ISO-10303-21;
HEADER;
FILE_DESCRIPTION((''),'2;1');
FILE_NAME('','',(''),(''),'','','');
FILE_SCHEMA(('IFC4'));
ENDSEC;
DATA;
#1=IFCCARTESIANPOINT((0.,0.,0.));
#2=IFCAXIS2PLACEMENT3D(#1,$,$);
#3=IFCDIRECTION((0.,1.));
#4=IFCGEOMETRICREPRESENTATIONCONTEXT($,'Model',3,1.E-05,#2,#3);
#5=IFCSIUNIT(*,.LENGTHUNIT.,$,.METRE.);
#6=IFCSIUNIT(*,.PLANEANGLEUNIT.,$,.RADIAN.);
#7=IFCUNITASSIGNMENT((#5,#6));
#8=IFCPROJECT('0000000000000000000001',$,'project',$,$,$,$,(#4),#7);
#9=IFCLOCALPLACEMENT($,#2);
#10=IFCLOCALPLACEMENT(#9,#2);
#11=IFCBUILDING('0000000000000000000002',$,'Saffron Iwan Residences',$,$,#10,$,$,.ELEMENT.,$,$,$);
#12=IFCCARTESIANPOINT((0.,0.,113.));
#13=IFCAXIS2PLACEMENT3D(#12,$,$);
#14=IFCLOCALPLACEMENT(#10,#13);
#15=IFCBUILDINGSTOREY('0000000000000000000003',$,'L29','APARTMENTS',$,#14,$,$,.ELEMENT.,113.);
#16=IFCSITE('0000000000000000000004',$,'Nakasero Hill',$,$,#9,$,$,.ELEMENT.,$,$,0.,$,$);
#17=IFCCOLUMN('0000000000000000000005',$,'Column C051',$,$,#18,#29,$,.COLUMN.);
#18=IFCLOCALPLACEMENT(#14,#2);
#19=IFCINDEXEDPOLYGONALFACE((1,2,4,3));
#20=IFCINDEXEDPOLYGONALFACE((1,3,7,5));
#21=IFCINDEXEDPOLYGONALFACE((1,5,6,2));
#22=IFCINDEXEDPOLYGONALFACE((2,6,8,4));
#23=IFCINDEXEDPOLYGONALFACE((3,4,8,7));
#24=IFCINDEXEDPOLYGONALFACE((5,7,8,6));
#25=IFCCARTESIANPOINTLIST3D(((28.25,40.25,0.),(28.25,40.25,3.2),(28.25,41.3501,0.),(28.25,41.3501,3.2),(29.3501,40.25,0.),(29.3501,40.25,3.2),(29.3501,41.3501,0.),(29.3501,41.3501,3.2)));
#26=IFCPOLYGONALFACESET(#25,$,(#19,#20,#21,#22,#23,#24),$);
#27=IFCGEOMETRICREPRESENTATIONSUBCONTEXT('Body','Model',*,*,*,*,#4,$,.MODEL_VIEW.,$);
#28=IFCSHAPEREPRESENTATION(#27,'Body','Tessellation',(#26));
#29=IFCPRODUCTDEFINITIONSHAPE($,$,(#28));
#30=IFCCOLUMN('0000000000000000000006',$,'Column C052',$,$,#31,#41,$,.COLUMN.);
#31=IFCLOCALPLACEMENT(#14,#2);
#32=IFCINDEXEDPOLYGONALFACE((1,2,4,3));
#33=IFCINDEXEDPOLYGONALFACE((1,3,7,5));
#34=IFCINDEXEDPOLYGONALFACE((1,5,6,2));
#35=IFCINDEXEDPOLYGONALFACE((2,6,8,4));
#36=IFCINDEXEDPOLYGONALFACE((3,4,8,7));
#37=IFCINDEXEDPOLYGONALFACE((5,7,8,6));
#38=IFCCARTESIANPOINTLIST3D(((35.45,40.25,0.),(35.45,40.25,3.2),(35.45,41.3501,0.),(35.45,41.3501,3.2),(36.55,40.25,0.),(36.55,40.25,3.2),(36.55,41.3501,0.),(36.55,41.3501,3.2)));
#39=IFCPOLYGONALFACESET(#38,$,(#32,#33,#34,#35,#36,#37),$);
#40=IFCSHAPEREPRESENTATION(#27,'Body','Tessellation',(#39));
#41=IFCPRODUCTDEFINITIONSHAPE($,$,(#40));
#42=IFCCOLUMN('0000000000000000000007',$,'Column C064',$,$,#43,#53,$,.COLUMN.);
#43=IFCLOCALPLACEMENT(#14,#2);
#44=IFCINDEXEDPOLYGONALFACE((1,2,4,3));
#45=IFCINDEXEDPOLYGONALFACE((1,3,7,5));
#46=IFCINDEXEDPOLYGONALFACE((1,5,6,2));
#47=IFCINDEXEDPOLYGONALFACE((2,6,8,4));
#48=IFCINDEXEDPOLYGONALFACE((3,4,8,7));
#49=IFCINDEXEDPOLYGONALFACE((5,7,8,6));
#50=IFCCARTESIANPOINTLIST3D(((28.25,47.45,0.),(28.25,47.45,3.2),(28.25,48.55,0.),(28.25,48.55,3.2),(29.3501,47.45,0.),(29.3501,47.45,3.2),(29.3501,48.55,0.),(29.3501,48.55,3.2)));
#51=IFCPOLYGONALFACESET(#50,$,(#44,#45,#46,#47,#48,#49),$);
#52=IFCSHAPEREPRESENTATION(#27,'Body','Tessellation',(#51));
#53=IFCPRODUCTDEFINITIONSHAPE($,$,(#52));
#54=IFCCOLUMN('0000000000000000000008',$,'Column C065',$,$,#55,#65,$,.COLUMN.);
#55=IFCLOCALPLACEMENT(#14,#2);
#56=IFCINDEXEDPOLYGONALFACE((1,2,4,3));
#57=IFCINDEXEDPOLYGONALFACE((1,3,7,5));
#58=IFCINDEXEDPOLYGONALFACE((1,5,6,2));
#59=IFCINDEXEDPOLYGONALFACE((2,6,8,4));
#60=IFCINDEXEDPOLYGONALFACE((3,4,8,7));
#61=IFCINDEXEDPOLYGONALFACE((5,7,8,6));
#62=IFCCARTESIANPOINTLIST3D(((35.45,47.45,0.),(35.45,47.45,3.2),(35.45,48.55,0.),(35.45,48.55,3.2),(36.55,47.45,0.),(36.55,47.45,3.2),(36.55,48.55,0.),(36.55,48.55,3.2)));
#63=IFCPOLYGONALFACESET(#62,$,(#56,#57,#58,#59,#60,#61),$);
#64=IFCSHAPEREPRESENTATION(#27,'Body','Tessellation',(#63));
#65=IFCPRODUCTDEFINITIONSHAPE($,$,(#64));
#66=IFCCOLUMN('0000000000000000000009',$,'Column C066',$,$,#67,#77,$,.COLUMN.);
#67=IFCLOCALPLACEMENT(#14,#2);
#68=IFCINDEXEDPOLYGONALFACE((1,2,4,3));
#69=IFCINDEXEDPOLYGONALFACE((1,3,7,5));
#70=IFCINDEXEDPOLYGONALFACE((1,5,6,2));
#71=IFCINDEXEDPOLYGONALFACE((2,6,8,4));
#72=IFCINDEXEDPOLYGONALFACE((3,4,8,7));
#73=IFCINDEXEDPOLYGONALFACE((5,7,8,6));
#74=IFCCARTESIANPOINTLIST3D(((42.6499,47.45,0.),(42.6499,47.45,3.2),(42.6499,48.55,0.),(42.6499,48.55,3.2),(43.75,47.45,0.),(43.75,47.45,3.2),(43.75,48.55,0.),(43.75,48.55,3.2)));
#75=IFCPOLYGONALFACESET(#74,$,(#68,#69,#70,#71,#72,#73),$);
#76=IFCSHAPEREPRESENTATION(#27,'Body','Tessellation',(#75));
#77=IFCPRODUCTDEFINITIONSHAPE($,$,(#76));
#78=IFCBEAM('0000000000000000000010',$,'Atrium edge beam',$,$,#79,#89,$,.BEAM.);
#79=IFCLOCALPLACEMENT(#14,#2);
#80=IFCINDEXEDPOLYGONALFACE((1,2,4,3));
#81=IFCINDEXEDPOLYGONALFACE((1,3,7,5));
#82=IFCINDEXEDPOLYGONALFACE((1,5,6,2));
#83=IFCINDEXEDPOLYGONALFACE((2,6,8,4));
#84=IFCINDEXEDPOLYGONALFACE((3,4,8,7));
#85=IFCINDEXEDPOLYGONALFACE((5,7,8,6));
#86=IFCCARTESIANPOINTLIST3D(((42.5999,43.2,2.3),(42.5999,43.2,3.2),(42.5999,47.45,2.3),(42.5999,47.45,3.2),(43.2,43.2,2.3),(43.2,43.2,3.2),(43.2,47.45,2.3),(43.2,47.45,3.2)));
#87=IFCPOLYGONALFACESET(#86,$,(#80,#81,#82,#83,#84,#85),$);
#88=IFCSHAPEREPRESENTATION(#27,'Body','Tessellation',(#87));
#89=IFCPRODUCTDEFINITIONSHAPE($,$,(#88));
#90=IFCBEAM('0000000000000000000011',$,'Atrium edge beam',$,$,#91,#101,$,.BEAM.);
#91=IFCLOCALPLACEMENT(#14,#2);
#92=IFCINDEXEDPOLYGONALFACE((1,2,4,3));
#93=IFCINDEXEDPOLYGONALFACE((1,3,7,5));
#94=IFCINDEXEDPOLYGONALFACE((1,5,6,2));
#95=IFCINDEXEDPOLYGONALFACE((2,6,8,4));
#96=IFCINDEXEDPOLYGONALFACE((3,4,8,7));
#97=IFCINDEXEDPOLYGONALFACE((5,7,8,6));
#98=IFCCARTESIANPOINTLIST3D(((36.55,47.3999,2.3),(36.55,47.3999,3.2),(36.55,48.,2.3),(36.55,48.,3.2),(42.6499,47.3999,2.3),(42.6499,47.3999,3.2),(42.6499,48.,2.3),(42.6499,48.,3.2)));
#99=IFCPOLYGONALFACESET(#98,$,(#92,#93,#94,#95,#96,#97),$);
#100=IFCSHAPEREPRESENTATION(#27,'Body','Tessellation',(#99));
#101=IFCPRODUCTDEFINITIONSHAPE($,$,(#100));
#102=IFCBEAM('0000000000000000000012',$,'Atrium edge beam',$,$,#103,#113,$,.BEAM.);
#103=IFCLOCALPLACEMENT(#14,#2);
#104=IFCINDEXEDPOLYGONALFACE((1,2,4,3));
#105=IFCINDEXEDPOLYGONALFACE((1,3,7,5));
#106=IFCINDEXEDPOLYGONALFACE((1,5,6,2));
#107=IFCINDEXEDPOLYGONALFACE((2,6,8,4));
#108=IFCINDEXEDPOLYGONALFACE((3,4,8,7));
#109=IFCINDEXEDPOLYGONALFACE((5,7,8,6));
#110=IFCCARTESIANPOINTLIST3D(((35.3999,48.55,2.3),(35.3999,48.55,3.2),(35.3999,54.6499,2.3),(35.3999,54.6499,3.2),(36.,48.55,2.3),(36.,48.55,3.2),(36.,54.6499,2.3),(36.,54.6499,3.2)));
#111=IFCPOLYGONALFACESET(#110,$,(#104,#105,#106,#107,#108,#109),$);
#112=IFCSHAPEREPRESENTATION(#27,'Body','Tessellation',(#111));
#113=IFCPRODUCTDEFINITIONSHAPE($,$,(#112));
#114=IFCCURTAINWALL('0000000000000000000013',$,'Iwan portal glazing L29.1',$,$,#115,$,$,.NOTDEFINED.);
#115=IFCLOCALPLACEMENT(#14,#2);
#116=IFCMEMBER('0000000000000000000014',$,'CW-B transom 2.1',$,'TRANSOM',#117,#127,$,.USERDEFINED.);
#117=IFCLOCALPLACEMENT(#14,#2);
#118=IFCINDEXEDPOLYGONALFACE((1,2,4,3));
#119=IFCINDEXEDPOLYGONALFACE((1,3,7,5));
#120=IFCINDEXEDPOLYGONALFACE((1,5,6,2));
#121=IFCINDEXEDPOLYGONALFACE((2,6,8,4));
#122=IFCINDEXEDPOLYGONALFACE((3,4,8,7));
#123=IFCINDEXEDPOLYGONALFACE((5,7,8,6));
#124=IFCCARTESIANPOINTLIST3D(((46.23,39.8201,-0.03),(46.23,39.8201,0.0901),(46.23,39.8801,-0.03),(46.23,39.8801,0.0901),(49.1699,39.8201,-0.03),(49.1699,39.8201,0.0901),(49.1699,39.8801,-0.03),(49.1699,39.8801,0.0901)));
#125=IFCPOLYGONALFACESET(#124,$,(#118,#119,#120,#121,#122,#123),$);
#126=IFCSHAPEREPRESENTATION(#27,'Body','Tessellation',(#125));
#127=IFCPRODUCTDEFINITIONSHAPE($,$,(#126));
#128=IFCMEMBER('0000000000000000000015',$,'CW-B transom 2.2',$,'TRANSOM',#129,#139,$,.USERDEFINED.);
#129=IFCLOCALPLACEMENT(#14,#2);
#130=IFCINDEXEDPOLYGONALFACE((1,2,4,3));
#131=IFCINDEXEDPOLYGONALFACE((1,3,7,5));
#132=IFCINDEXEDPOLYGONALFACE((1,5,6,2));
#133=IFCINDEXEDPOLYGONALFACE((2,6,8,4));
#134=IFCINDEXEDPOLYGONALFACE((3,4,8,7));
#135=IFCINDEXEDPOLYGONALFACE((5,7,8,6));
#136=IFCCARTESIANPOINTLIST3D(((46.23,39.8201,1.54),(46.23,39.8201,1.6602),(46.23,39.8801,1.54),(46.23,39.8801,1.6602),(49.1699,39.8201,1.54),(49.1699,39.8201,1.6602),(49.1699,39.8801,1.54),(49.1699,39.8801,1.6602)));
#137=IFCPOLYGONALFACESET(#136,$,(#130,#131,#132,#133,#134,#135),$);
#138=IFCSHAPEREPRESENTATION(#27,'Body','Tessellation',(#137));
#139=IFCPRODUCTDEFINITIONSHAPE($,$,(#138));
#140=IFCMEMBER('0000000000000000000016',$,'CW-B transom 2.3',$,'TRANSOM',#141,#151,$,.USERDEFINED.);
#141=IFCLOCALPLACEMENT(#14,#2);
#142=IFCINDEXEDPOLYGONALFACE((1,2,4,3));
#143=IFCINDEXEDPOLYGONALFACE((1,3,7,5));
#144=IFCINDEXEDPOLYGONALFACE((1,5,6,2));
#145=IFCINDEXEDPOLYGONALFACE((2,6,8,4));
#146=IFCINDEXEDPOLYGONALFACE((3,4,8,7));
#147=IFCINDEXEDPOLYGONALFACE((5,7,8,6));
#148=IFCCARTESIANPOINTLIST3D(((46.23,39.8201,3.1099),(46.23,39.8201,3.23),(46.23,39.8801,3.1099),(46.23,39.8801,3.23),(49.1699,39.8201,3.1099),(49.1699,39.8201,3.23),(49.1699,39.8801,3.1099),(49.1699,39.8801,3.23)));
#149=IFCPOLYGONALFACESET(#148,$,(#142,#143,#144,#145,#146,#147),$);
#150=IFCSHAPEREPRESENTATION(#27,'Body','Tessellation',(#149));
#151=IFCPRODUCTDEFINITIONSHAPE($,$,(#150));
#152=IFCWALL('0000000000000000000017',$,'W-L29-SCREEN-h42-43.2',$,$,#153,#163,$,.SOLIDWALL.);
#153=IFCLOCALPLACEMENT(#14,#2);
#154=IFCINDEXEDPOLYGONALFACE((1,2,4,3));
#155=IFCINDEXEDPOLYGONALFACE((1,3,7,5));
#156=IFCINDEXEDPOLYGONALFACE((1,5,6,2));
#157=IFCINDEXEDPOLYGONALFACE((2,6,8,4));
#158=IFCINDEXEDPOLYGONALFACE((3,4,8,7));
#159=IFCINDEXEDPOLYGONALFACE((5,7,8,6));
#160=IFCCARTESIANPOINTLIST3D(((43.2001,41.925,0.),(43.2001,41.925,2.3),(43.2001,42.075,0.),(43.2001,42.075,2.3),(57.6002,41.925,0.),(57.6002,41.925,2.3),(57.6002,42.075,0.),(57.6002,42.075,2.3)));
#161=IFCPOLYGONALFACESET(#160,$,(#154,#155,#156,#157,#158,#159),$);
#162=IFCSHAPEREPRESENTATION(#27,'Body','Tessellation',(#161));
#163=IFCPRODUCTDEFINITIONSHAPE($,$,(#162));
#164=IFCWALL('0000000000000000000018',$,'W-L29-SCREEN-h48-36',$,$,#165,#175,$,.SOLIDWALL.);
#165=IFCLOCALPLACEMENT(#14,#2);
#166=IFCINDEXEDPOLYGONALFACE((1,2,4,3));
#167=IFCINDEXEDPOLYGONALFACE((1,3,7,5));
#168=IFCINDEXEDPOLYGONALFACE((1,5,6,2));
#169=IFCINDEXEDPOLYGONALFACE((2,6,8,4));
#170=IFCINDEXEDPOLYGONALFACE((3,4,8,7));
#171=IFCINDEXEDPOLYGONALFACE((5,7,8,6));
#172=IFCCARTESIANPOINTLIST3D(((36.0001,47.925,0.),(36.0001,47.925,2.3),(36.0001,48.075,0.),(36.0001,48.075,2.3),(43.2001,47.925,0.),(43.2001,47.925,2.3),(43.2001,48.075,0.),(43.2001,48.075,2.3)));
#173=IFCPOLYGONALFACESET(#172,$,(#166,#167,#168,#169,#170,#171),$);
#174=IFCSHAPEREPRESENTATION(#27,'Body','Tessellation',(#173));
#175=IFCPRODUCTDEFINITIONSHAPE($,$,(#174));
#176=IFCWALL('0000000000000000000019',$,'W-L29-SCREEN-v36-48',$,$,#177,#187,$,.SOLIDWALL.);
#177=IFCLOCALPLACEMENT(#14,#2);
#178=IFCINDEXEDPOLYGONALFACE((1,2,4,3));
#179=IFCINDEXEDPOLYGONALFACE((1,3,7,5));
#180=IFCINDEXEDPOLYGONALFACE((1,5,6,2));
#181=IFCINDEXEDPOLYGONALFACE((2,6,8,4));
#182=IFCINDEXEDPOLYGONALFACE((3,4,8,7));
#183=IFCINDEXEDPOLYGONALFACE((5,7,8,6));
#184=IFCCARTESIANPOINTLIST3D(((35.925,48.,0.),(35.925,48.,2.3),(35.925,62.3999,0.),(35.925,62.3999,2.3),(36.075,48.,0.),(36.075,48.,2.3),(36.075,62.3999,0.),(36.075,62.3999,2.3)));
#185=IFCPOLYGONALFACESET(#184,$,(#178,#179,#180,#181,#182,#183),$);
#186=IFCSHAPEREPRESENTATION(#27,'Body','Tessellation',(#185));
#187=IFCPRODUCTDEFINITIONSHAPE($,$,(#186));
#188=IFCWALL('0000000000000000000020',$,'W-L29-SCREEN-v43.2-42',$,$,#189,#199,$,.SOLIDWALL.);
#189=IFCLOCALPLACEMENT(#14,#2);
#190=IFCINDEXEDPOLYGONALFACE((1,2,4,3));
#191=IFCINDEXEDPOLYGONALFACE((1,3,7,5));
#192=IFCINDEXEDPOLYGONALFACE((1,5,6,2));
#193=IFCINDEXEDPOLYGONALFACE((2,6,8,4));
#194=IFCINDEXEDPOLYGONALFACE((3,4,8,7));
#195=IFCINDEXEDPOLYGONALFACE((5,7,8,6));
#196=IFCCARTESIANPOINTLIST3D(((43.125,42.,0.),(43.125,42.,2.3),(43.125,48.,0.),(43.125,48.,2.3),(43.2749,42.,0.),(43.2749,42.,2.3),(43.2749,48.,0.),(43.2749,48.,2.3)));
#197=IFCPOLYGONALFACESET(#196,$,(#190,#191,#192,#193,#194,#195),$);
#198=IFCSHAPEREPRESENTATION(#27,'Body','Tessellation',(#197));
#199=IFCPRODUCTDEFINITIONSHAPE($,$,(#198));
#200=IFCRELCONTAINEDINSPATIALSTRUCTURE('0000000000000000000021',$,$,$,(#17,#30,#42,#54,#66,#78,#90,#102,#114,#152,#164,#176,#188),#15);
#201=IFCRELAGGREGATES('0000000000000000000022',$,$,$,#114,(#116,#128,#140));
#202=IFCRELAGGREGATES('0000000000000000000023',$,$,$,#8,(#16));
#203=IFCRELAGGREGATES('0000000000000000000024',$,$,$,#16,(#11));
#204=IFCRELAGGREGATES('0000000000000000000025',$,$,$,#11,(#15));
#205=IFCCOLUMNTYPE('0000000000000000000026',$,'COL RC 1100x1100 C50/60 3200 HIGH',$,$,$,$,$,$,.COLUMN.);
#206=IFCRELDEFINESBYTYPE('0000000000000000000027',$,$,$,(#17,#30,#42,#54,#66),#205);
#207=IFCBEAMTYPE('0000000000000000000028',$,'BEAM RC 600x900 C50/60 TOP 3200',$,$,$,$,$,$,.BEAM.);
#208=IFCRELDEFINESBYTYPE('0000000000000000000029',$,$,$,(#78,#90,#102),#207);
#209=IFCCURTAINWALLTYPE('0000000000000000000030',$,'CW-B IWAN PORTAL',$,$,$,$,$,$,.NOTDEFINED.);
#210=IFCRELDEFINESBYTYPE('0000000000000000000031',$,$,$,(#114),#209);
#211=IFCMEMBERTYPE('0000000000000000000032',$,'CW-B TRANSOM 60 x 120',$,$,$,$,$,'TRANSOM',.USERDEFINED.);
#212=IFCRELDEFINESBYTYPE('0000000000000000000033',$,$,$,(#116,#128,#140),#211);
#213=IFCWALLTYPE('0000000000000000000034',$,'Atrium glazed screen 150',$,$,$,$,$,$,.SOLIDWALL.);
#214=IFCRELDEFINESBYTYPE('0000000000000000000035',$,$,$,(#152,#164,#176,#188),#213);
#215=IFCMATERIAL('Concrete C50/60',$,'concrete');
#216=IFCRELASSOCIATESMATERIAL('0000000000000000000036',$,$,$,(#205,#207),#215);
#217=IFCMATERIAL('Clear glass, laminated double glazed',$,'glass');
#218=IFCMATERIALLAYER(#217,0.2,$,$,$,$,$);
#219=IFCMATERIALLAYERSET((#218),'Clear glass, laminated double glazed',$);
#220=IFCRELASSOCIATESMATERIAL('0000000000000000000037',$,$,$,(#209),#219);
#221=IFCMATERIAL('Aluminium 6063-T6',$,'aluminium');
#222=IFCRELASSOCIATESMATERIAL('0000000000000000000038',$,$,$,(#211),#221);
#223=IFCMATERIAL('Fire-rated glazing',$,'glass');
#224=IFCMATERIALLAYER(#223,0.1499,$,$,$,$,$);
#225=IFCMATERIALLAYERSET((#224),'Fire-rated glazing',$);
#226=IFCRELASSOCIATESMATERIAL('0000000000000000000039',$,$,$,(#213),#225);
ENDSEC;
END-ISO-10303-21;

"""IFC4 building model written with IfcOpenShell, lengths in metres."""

from ifc_helpers import new_model, si_unit, direction, frame, frame_2d, origin, origin_2d, place, context, subcontext, project, spatial, rectangle, extrude, source, transform, mapped, material, layer, layer_set, material_profile, profile_set, type_object, element, aggregate, save


model = new_model("IFC4")

# Units and contexts
model_context = context("Model", 3, precision=1e-05, world=origin(), true_north=direction((0.0, 1.0)))
body_context = subcontext(model_context, "Body", "Model", "MODEL_VIEW")
ifc_project = project(units=[si_unit("LENGTHUNIT", "METRE"), si_unit("PLANEANGLEUNIT", "RADIAN")], contexts=[model_context])

# Site, building, storey
site_placement = place(None, origin())
site = spatial("IfcSite", under=ifc_project, at=site_placement, Name="Nakasero Hill", CompositionType="ELEMENT", RefElevation=0.0)
building_placement = place(site_placement, origin())
building = spatial("IfcBuilding", under=site, at=building_placement, Name="Saffron Iwan Residences", CompositionType="ELEMENT")
storey_placement = place(building_placement, frame((0.0, 0.0, 113.0)))
storey = spatial("IfcBuildingStorey", under=building, at=storey_placement, Name="L29", Description="APARTMENTS", CompositionType="ELEMENT", Elevation=113.0)

# Columns
ifc_material_1 = material(Name="Concrete C50/60", Category="concrete")
ifc_material_profile_1 = material_profile(ifc_material_1, rectangle(XDim=1.1001, YDim=1.1001, at=origin_2d()), Name="RC 1100x1100")
ifc_profile_set_1 = profile_set([ifc_material_profile_1], Name="Concrete C50/60")
column_type = type_object("IfcColumnType", Name="COL RC 1100x1100 C50/60 3200 HIGH", PredefinedType="COLUMN", material=ifc_profile_set_1)
shared_shape_1 = source(origin(), body_context, "Body", "SweptSolid", [
    extrude(rectangle(XDim=1.1001, YDim=1.1001, at=origin_2d()), origin(), (0.0, 0.0, 1.0), 3.2),
])
for number, where, z_axis, x_axis, name in (
    (1, (28.8, 40.8, 0.0), (0.0, 0.0, 1.0), (1.0, 0.0, 0.0), "Column C051"),
    (2, (36.0, 40.8, 0.0), (0.0, 0.0, 1.0), (1.0, 0.0, 0.0), "Column C052"),
    (3, (28.8, 48.0, 0.0), (0.0, 0.0, 1.0), (1.0, 0.0, 0.0), "Column C064"),
    (4, (36.0, 48.0, 0.0), (0.0, 0.0, 1.0), (1.0, 0.0, 0.0), "Column C065"),
    (5, (43.2, 48.0, 0.0), (0.0, 0.0, 1.0), (1.0, 0.0, 0.0), "Column C066"),
):
    element("IfcColumn", number, at=place(storey_placement, frame(where, z_axis=z_axis, x_axis=x_axis)), inside=storey, type_object=column_type, Name=name, PredefinedType="COLUMN", context=body_context, shape_type="MappedRepresentation", body=[
        mapped(shared_shape_1, transform((0.0, 0.0, 0.0))),
    ])

# Beams
ifc_material_profile_2 = material_profile(ifc_material_1, rectangle(XDim=0.6001, YDim=0.8999, at=origin_2d()), Name="RC 600x900")
ifc_profile_set_2 = profile_set([ifc_material_profile_2], Name="Concrete C50/60")
beam_type = type_object("IfcBeamType", Name="BEAM RC 600x900 C50/60 TOP 3200", PredefinedType="BEAM", material=ifc_profile_set_2)
shared_shape_2 = source(origin(), body_context, "Body", "SweptSolid", [
    extrude(rectangle(XDim=0.6001, YDim=0.8999, at=origin_2d()), origin(), (0.0, 0.0, 1.0), 4.25),
])
beam_placement = place(storey_placement, frame((42.8999, 43.2, 2.75), z_axis=(0.0, 1.0, 0.0), x_axis=(-1.0, 0.0, 0.0)))
element("IfcBeam", 6, at=beam_placement, inside=storey, type_object=beam_type, Name="Atrium edge beam", PredefinedType="BEAM", context=body_context, shape_type="MappedRepresentation", body=[
    mapped(shared_shape_2, transform((0.0, 0.0, 0.0))),
])
shared_shape_3 = source(origin(), body_context, "Body", "SweptSolid", [
    extrude(rectangle(XDim=0.6001, YDim=0.8999, at=origin_2d()), origin(), (0.0, 0.0, 1.0), 6.0999),
])
for number, where, z_axis, x_axis, name in (
    (7, (42.6499, 47.7, 2.75), (-1.0, 0.0, 0.0), (0.0, -1.0, 0.0), "Atrium edge beam"),
    (8, (35.7, 48.55, 2.75), (0.0, 1.0, 0.0), (-1.0, 0.0, 0.0), "Atrium edge beam"),
):
    element("IfcBeam", number, at=place(storey_placement, frame(where, z_axis=z_axis, x_axis=x_axis)), inside=storey, type_object=beam_type, Name=name, PredefinedType="BEAM", context=body_context, shape_type="MappedRepresentation", body=[
        mapped(shared_shape_3, transform((0.0, 0.0, 0.0))),
    ])

# Curtain wall, members
ifc_material_2 = material(Name="Clear glass, laminated double glazed", Category="glass")
ifc_layer_1 = layer(ifc_material_2, 0.2)
ifc_layer_set_1 = layer_set([ifc_layer_1], Name="Clear glass, laminated double glazed")
curtain_wall_type = type_object("IfcCurtainWallType", Name="CW-B IWAN PORTAL", PredefinedType="NOTDEFINED", material=ifc_layer_set_1)
curtain_wall_placement = place(storey_placement, origin())
curtain_wall = element("IfcCurtainWall", 9, at=curtain_wall_placement, inside=storey, type_object=curtain_wall_type, Name="Iwan portal glazing L29.1", PredefinedType="NOTDEFINED")
ifc_material_3 = material(Name="Aluminium 6063-T6", Category="aluminium")
ifc_material_profile_3 = material_profile(ifc_material_3, rectangle(XDim=0.0601, YDim=0.1201, at=origin_2d()), Name="CW-B TRANSOM 60 x 120")
ifc_profile_set_3 = profile_set([ifc_material_profile_3], Name="Aluminium 6063-T6")
member_type = type_object("IfcMemberType", Name="CW-B TRANSOM 60 x 120", ElementType="TRANSOM", PredefinedType="USERDEFINED", material=ifc_profile_set_3)
shared_shape_4 = source(origin(), body_context, "Body", "SweptSolid", [
    extrude(rectangle(XDim=0.0601, YDim=0.1201, at=origin_2d()), origin(), (0.0, 0.0, 1.0), 2.9399),
])
member_1_placement = place(storey_placement, frame((46.23, 39.8501, 0.03), z_axis=(1.0, 0.0, 0.0), x_axis=(0.0, 1.0, 0.0)))
member_1 = element("IfcMember", 10, at=member_1_placement, type_object=member_type, Name="CW-B transom 2.1", ObjectType="TRANSOM", PredefinedType="USERDEFINED", context=body_context, shape_type="MappedRepresentation", body=[
    mapped(shared_shape_4, transform((0.0, 0.0, 0.0))),
])
member_2_placement = place(storey_placement, frame((46.23, 39.8501, 1.6001), z_axis=(1.0, 0.0, 0.0), x_axis=(0.0, 1.0, 0.0)))
member_2 = element("IfcMember", 11, at=member_2_placement, type_object=member_type, Name="CW-B transom 2.2", ObjectType="TRANSOM", PredefinedType="USERDEFINED", context=body_context, shape_type="MappedRepresentation", body=[
    mapped(shared_shape_4, transform((0.0, 0.0, 0.0))),
])
member_3_placement = place(storey_placement, frame((46.23, 39.8501, 3.1699), z_axis=(1.0, 0.0, 0.0), x_axis=(0.0, 1.0, 0.0)))
member_3 = element("IfcMember", 12, at=member_3_placement, type_object=member_type, Name="CW-B transom 2.3", ObjectType="TRANSOM", PredefinedType="USERDEFINED", context=body_context, shape_type="MappedRepresentation", body=[
    mapped(shared_shape_4, transform((0.0, 0.0, 0.0))),
])
aggregate(curtain_wall, [member_1, member_2, member_3])

# Walls
ifc_material_4 = material(Name="Fire-rated glazing", Category="glass")
ifc_layer_2 = layer(ifc_material_4, 0.1499)
ifc_layer_set_2 = layer_set([ifc_layer_2], Name="Fire-rated glazing")
wall_type_1 = type_object("IfcWallType", Name="Atrium glazed screen 150", PredefinedType="SOLIDWALL", material=ifc_layer_set_2)
wall_1_placement = place(storey_placement, frame((43.2, 42.0, 0.0), z_axis=(0.0, 0.0, 1.0), x_axis=(1.0, 0.0, 0.0)))
element("IfcWall", 13, at=wall_1_placement, inside=storey, type_object=wall_type_1, Name="W-L29-SCREEN-h42-43.2", PredefinedType="SOLIDWALL", context=body_context, shape_type="SweptSolid", body=[
    extrude(rectangle(XDim=14.4001, YDim=0.1499, at=frame_2d((7.2002, 0.0))), origin(), (0.0, 0.0, 1.0), 2.3),
])
wall_2_placement = place(storey_placement, frame((36.0, 48.0, 0.0), z_axis=(0.0, 0.0, 1.0), x_axis=(1.0, 0.0, 0.0)))
element("IfcWall", 14, at=wall_2_placement, inside=storey, type_object=wall_type_1, Name="W-L29-SCREEN-h48-36", PredefinedType="SOLIDWALL", context=body_context, shape_type="SweptSolid", body=[
    extrude(rectangle(XDim=7.2, YDim=0.1499, at=frame_2d((3.6001, 0.0))), origin(), (0.0, 0.0, 1.0), 2.3),
])
wall_3_placement = place(storey_placement, frame((36.0, 48.0, 0.0), z_axis=(0.0, 0.0, 1.0), x_axis=(0.0, 1.0, 0.0)))
element("IfcWall", 15, at=wall_3_placement, inside=storey, type_object=wall_type_1, Name="W-L29-SCREEN-v36-48", PredefinedType="SOLIDWALL", context=body_context, shape_type="SweptSolid", body=[
    extrude(rectangle(XDim=14.3999, YDim=0.1499, at=frame_2d((7.2, 0.0))), origin(), (0.0, 0.0, 1.0), 2.3),
])
wall_4_placement = place(storey_placement, frame((43.2, 42.0, 0.0), z_axis=(0.0, 0.0, 1.0), x_axis=(0.0, 1.0, 0.0)))
element("IfcWall", 16, at=wall_4_placement, inside=storey, type_object=wall_type_1, Name="W-L29-SCREEN-v43.2-42", PredefinedType="SOLIDWALL", context=body_context, shape_type="SweptSolid", body=[
    extrude(rectangle(XDim=6.0, YDim=0.1499, at=frame_2d((3.0, 0.0))), origin(), (0.0, 0.0, 1.0), 2.3),
])

save(model, "model.ifc")
